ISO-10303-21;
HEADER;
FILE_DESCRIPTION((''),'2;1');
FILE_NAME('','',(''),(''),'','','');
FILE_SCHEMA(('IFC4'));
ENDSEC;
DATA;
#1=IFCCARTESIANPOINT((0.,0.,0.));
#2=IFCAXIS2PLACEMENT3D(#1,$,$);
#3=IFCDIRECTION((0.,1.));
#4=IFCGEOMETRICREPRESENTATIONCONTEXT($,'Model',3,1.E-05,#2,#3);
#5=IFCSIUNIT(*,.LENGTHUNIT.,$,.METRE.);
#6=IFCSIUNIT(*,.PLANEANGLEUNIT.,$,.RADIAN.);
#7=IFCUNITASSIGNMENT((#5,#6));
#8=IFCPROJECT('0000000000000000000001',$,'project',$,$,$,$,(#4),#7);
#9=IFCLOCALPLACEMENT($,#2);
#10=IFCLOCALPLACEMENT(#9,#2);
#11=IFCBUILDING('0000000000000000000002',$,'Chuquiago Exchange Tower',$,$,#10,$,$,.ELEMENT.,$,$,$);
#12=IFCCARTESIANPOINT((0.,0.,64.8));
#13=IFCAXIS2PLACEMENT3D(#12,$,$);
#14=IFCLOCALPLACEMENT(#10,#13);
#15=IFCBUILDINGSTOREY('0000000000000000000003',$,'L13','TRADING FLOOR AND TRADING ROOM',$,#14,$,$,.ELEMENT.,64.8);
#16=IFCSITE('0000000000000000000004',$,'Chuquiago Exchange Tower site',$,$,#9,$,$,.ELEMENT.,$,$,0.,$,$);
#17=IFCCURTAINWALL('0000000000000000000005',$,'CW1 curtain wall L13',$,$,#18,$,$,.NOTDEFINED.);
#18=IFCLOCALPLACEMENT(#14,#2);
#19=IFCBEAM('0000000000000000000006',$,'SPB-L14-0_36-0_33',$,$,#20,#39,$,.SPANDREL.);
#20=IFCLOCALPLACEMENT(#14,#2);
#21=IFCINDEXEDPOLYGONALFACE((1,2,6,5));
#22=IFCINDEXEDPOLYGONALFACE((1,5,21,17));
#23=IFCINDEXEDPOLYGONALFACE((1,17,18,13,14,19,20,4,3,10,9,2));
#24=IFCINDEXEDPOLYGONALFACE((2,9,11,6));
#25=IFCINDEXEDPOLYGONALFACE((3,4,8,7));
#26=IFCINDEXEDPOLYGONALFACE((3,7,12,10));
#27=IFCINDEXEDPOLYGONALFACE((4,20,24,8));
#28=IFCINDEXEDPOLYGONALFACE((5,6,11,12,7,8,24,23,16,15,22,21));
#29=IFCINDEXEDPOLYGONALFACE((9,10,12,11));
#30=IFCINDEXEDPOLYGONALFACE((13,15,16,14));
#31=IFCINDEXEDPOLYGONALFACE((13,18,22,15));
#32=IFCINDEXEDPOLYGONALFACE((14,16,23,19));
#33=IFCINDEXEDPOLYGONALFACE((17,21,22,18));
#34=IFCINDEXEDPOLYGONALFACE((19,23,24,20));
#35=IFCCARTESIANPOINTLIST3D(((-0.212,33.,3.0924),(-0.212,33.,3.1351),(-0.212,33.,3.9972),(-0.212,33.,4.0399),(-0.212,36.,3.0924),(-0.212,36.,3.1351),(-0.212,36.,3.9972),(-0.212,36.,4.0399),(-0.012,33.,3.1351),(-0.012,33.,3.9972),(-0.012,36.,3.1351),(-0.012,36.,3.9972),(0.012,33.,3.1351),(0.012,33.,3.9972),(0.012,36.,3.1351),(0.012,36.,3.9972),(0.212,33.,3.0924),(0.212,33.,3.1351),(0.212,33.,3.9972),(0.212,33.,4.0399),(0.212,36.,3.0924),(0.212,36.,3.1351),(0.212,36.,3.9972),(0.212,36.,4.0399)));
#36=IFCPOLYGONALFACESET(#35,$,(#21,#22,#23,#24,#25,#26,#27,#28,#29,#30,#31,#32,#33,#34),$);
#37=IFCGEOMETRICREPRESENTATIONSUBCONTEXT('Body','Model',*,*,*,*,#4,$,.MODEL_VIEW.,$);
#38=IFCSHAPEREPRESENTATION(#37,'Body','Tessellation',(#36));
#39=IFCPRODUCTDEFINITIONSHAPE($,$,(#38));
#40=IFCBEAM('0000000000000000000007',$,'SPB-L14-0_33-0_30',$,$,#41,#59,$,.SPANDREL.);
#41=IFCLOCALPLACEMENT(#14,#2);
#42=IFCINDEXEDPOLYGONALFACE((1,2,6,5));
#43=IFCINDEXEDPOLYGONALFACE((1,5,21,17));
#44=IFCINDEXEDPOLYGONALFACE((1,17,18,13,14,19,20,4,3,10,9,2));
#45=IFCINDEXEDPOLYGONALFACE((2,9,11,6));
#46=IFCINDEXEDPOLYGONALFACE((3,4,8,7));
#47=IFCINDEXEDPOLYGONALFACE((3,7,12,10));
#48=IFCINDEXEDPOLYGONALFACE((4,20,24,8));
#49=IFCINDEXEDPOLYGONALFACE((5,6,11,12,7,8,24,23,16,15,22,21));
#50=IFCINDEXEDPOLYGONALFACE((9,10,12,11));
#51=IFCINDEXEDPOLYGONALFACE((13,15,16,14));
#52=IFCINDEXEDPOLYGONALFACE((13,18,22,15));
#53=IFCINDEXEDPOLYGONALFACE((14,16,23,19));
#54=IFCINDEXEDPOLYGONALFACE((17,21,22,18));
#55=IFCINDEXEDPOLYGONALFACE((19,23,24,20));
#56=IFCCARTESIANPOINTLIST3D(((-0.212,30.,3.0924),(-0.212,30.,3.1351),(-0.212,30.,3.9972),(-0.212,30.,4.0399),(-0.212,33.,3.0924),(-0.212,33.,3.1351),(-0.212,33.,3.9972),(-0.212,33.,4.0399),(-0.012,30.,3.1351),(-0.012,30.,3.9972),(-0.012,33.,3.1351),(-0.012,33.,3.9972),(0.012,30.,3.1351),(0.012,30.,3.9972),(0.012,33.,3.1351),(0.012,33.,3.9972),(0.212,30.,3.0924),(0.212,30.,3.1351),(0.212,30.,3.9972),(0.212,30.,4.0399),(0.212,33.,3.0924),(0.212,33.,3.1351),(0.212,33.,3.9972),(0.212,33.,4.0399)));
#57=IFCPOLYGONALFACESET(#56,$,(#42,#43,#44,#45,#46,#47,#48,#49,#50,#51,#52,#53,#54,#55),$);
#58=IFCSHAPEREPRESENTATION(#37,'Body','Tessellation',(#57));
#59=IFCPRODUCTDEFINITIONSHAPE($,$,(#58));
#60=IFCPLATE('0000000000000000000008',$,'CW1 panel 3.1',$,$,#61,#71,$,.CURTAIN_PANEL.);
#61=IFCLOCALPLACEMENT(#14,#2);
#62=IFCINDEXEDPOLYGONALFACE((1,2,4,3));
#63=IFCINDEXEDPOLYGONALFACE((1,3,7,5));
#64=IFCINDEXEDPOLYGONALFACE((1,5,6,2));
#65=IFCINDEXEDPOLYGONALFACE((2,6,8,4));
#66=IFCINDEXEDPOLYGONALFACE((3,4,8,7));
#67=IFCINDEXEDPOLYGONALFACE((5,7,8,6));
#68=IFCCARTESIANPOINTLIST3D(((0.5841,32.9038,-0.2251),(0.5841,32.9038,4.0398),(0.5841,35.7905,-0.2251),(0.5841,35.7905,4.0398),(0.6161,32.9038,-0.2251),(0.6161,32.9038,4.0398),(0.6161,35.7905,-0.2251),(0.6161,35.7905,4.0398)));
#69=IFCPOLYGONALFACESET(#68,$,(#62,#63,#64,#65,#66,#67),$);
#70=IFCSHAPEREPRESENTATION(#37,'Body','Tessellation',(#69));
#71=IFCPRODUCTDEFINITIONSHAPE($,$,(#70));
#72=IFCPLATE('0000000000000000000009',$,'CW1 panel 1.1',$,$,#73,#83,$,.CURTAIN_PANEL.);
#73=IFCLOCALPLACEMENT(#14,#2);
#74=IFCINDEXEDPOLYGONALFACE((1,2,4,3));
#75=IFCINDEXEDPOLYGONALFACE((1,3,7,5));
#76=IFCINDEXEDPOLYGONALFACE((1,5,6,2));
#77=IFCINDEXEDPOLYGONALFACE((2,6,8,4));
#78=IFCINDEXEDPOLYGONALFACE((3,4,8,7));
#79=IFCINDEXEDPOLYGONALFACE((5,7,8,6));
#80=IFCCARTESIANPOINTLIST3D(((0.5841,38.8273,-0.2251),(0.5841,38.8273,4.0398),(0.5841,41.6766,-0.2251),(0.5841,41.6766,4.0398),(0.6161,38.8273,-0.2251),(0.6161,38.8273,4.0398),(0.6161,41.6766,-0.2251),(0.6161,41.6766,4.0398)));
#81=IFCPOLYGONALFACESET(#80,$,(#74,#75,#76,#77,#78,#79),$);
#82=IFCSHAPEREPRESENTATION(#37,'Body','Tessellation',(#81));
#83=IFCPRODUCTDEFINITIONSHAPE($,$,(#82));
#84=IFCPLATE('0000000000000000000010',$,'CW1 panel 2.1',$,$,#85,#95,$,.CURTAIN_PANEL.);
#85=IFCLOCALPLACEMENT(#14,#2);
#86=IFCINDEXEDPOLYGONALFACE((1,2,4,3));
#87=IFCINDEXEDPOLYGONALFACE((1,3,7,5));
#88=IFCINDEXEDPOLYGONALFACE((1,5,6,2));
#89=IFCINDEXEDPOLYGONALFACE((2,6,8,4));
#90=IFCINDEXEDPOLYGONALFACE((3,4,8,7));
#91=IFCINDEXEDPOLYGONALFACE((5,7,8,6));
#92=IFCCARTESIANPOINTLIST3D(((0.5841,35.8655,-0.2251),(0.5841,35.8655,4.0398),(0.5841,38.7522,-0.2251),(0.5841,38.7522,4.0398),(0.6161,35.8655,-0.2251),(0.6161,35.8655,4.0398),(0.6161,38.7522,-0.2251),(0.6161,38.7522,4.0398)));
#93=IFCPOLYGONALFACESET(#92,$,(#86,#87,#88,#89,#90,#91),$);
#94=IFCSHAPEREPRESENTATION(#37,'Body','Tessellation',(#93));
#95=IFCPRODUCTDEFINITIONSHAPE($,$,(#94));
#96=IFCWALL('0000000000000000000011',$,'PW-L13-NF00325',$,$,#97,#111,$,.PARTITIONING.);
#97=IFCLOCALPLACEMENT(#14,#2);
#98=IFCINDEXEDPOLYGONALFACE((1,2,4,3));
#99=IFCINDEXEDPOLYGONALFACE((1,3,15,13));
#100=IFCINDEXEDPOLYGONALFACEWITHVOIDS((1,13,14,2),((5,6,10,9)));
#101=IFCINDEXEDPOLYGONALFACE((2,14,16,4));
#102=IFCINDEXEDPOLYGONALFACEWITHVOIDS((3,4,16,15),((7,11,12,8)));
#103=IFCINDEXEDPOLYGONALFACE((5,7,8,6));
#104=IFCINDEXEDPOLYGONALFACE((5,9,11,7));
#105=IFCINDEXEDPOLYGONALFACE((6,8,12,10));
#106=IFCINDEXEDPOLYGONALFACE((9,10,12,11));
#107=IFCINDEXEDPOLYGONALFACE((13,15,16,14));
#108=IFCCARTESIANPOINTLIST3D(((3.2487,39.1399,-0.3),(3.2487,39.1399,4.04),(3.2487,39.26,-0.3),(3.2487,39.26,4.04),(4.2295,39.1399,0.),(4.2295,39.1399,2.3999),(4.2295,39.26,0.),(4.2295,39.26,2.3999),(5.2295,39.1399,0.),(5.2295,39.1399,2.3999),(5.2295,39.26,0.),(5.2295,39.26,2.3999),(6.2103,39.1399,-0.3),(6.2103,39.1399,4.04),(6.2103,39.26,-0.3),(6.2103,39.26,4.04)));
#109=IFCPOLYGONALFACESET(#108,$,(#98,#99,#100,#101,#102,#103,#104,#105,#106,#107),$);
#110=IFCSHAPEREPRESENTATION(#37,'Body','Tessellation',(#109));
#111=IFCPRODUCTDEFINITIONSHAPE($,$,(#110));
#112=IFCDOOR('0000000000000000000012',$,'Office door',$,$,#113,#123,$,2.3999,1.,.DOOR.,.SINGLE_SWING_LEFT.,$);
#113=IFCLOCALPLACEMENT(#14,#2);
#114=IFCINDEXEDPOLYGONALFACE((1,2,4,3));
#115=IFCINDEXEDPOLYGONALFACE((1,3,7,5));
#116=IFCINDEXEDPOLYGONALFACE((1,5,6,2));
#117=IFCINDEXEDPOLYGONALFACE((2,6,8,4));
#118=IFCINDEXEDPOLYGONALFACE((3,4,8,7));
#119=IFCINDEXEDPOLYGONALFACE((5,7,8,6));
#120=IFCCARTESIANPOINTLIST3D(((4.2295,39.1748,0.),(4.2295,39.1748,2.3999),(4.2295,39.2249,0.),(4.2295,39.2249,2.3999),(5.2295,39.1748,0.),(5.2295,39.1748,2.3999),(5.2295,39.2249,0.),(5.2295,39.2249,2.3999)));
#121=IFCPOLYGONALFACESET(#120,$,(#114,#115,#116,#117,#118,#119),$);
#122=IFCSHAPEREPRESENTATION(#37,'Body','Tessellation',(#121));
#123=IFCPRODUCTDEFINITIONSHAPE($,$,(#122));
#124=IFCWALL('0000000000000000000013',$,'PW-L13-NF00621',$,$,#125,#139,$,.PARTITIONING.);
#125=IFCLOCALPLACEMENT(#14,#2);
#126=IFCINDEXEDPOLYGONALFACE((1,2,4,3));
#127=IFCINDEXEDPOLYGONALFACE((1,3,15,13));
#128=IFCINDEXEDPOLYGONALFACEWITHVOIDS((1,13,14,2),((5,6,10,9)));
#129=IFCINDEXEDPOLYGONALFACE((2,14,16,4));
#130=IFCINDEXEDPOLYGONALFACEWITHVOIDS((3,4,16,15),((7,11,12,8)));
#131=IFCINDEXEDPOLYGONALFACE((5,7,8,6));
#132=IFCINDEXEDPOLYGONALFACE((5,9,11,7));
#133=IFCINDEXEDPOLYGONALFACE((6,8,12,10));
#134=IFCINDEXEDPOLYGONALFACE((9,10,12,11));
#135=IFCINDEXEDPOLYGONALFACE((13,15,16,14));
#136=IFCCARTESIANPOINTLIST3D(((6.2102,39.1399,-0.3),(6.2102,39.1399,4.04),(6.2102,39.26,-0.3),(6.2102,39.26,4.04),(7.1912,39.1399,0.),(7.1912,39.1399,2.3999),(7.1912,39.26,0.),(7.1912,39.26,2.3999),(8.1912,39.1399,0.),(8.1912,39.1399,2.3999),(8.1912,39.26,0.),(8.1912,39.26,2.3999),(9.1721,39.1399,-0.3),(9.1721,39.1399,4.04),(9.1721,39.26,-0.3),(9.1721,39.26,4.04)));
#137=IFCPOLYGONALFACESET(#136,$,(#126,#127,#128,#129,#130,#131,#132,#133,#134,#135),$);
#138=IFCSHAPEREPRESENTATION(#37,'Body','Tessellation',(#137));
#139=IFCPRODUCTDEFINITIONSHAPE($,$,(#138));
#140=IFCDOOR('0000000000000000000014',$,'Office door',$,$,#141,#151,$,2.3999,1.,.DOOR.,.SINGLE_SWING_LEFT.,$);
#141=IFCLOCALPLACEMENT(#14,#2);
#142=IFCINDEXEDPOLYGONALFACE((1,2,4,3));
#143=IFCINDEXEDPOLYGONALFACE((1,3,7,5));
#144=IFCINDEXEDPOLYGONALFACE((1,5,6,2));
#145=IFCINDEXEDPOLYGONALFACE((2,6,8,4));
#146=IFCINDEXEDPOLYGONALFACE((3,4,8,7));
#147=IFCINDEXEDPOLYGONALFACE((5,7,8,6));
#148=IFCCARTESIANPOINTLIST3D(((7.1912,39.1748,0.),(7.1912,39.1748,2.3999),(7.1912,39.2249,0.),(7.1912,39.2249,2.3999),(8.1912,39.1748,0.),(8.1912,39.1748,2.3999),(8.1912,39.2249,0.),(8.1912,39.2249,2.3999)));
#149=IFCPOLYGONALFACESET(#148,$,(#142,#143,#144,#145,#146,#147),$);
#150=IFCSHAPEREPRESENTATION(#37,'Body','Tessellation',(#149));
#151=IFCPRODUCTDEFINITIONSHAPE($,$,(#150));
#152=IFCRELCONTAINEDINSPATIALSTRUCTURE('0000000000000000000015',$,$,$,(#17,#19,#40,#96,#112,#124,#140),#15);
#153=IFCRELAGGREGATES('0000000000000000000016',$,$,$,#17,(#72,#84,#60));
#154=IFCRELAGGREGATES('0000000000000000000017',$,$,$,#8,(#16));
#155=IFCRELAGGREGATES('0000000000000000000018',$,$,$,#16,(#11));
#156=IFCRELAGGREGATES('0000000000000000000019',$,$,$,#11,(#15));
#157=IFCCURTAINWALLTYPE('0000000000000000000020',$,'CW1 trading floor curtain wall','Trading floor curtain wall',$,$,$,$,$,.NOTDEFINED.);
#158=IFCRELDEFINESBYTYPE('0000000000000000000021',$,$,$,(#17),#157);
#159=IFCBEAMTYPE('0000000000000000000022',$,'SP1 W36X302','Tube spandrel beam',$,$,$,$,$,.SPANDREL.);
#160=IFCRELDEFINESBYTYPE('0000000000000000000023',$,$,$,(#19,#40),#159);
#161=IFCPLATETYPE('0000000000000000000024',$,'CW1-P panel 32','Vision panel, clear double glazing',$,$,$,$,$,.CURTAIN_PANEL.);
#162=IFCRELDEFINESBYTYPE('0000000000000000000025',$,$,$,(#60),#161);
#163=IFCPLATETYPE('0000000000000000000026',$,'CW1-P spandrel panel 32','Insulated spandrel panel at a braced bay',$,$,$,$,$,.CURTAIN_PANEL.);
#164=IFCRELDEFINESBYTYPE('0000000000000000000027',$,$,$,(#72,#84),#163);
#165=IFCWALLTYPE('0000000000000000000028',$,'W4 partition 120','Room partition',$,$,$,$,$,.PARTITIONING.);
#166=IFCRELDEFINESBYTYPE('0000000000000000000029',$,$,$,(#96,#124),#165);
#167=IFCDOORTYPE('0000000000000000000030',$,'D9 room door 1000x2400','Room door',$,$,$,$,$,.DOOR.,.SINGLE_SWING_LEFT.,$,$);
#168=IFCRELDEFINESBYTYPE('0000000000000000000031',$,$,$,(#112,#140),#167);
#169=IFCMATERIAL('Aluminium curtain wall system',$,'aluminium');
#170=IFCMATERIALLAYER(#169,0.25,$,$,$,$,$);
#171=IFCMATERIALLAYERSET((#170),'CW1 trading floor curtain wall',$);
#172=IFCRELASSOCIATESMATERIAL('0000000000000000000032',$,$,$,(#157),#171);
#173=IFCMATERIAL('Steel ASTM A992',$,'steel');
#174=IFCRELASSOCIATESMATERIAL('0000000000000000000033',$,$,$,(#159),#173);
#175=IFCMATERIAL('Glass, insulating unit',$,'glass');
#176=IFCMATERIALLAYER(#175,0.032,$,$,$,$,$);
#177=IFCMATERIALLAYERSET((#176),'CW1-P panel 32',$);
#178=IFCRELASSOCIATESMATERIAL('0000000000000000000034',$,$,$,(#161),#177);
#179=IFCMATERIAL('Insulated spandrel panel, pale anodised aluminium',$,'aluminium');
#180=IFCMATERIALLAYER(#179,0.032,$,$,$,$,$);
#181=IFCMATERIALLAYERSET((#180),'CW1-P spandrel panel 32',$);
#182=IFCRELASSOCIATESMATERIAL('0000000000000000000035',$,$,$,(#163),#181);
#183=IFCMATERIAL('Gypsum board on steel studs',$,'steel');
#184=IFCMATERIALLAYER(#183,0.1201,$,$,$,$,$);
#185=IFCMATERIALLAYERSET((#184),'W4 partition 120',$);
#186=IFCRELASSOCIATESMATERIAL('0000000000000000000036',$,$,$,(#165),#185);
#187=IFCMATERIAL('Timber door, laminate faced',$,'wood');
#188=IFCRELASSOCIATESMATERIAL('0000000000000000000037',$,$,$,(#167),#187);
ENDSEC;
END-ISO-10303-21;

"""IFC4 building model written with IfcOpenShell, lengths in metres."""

from ifc_helpers import new_model, si_unit, direction, frame, frame_2d, origin, origin_2d, place, context, subcontext, project, spatial, rectangle, i_section, extrude, material, layer, layer_set, material_profile, profile_set, type_object, element, fill, aggregate, save


model = new_model("IFC4")

# Units and contexts
model_context = context("Model", 3, precision=1e-05, world=origin(), true_north=direction((0.0, 1.0)))
body_context = subcontext(model_context, "Body", "Model", "MODEL_VIEW")
ifc_project = project(units=[si_unit("LENGTHUNIT", "METRE"), si_unit("PLANEANGLEUNIT", "RADIAN")], contexts=[model_context])

# Site, building, storey
site_placement = place(None, origin())
site = spatial("IfcSite", under=ifc_project, at=site_placement, Name="Chuquiago Exchange Tower site", CompositionType="ELEMENT", RefElevation=0.0)
building_placement = place(site_placement, origin())
building = spatial("IfcBuilding", under=site, at=building_placement, Name="Chuquiago Exchange Tower", CompositionType="ELEMENT")
storey_placement = place(building_placement, frame((0.0, 0.0, 64.8)))
storey = spatial("IfcBuildingStorey", under=building, at=storey_placement, Name="L13", Description="TRADING FLOOR AND TRADING ROOM", CompositionType="ELEMENT", Elevation=64.8)

# Curtain wall
ifc_material_1 = material(Name="Aluminium curtain wall system", Category="aluminium")
ifc_layer_1 = layer(ifc_material_1, 0.25)
ifc_layer_set_1 = layer_set([ifc_layer_1], Name="CW1 trading floor curtain wall")
curtain_wall_type = type_object("IfcCurtainWallType", Name="CW1 trading floor curtain wall", Description="Trading floor curtain wall", PredefinedType="NOTDEFINED", material=ifc_layer_set_1)
curtain_wall_placement = place(storey_placement, origin())
curtain_wall = element("IfcCurtainWall", 1, at=curtain_wall_placement, inside=storey, type_object=curtain_wall_type, Name="CW1 curtain wall L13", PredefinedType="NOTDEFINED")

# Beams
ifc_material_2 = material(Name="Steel ASTM A992", Category="steel")
ifc_material_profile_1 = material_profile(ifc_material_2, i_section(OverallWidth=0.4241, OverallDepth=0.9475, WebThickness=0.0239, FlangeThickness=0.0427, at=origin_2d()), Name="W36X302")
ifc_profile_set_1 = profile_set([ifc_material_profile_1], Name="Steel ASTM A992")
beam_type = type_object("IfcBeamType", Name="SP1 W36X302", Description="Tube spandrel beam", PredefinedType="SPANDREL", material=ifc_profile_set_1)
for number, where, z_axis, x_axis, name in (
    (2, (0.0, 36.0, 3.5662), (0.0, -1.0, 0.0), (1.0, 0.0, 0.0), "SPB-L14-0_36-0_33"),
    (3, (0.0, 33.0, 3.5662), (0.0, -1.0, 0.0), (1.0, 0.0, 0.0), "SPB-L14-0_33-0_30"),
):
    element("IfcBeam", number, at=place(storey_placement, frame(where, z_axis=z_axis, x_axis=x_axis)), inside=storey, type_object=beam_type, Name=name, PredefinedType="SPANDREL", context=body_context, shape_type="SweptSolid", body=[
        extrude(i_section(OverallWidth=0.4241, OverallDepth=0.9475, WebThickness=0.0239, FlangeThickness=0.0427, at=origin_2d()), origin(), (0.0, 0.0, 1.0), 3.0),
    ])

# Plates
ifc_material_3 = material(Name="Glass, insulating unit", Category="glass")
ifc_layer_2 = layer(ifc_material_3, 0.032)
ifc_layer_set_2 = layer_set([ifc_layer_2], Name="CW1-P panel 32")
plate_type_1 = type_object("IfcPlateType", Name="CW1-P panel 32", Description="Vision panel, clear double glazing", PredefinedType="CURTAIN_PANEL", material=ifc_layer_set_2)
plate_1_placement = place(storey_placement, frame((0.6001, 34.3472, -0.2251), z_axis=(0.0, 0.0, 1.0), x_axis=(0.0, -1.0, 0.0)))
plate_1 = element("IfcPlate", 4, at=plate_1_placement, type_object=plate_type_1, Name="CW1 panel 3.1", PredefinedType="CURTAIN_PANEL", context=body_context, shape_type="SweptSolid", body=[
    extrude(rectangle(XDim=2.8867, YDim=0.032, at=origin_2d()), origin(), (0.0, 0.0, 1.0), 4.2649),
])
ifc_material_4 = material(Name="Insulated spandrel panel, pale anodised aluminium", Category="aluminium")
ifc_layer_3 = layer(ifc_material_4, 0.032)
ifc_layer_set_3 = layer_set([ifc_layer_3], Name="CW1-P spandrel panel 32")
plate_type_2 = type_object("IfcPlateType", Name="CW1-P spandrel panel 32", Description="Insulated spandrel panel at a braced bay", PredefinedType="CURTAIN_PANEL", material=ifc_layer_set_3)
plate_2_placement = place(storey_placement, frame((0.6001, 40.252, -0.2251), z_axis=(0.0, 0.0, 1.0), x_axis=(0.0, -1.0, 0.0)))
plate_2 = element("IfcPlate", 5, at=plate_2_placement, type_object=plate_type_2, Name="CW1 panel 1.1", PredefinedType="CURTAIN_PANEL", context=body_context, shape_type="SweptSolid", body=[
    extrude(rectangle(XDim=2.8494, YDim=0.032, at=origin_2d()), origin(), (0.0, 0.0, 1.0), 4.2649),
])
plate_3_placement = place(storey_placement, frame((0.6001, 37.3088, -0.2251), z_axis=(0.0, 0.0, 1.0), x_axis=(0.0, -1.0, 0.0)))
plate_3 = element("IfcPlate", 6, at=plate_3_placement, type_object=plate_type_2, Name="CW1 panel 2.1", PredefinedType="CURTAIN_PANEL", context=body_context, shape_type="SweptSolid", body=[
    extrude(rectangle(XDim=2.8867, YDim=0.032, at=origin_2d()), origin(), (0.0, 0.0, 1.0), 4.2649),
])
aggregate(curtain_wall, [plate_2, plate_3, plate_1])

# Walls, openings, doors
ifc_material_5 = material(Name="Gypsum board on steel studs", Category="steel")
ifc_layer_4 = layer(ifc_material_5, 0.1201)
ifc_layer_set_4 = layer_set([ifc_layer_4], Name="W4 partition 120")
wall_type = type_object("IfcWallType", Name="W4 partition 120", Description="Room partition", PredefinedType="PARTITIONING", material=ifc_layer_set_4)
wall_1_placement = place(storey_placement, frame((3.2485, 39.2, -0.3), z_axis=(0.0, 0.0, 1.0), x_axis=(1.0, 0.0, 0.0)))
wall_1 = element("IfcWall", 7, at=wall_1_placement, inside=storey, type_object=wall_type, Name="PW-L13-NF00325", PredefinedType="PARTITIONING", context=body_context, shape_type="SweptSolid", body=[
    extrude(rectangle(XDim=2.9617, YDim=0.1201, at=frame_2d((1.481, 0.0))), origin(), (0.0, 0.0, 1.0), 4.3401),
])
opening_1_placement = place(wall_1_placement, frame((0.981, 0.0, 0.3)))
opening_1 = element("IfcOpeningElement", 8, at=opening_1_placement, cuts=wall_1, PredefinedType="OPENING", context=body_context, shape_type="SweptSolid", body=[
    extrude(rectangle(XDim=1.0, YDim=2.3999, at=frame_2d((0.5, 1.2))), frame((0.0, 0.0701, 0.0), z_axis=(0.0, -1.0, 0.0), x_axis=(1.0, 0.0, 0.0)), (0.0, 0.0, 1.0), 0.1401),
])
ifc_material_6 = material(Name="Timber door, laminate faced", Category="wood")
door_type = type_object("IfcDoorType", Name="D9 room door 1000x2400", Description="Room door", OperationType="SINGLE_SWING_LEFT", PredefinedType="DOOR", material=ifc_material_6)
door_1_placement = place(opening_1_placement, origin())
door_1 = element("IfcDoor", 9, at=door_1_placement, inside=storey, type_object=door_type, Name="Office door", OperationType="SINGLE_SWING_LEFT", OverallHeight=2.3999, OverallWidth=1.0, PredefinedType="DOOR", context=body_context, shape_type="SweptSolid", body=[
    extrude(rectangle(XDim=1.0, YDim=2.3999, at=frame_2d((0.5, 1.2))), frame((0.0, 0.0249, 0.0), z_axis=(0.0, -1.0, 0.0), x_axis=(1.0, 0.0, 0.0)), (0.0, 0.0, 1.0), 0.05),
])
fill(opening_1, door_1)
wall_2_placement = place(storey_placement, frame((6.2102, 39.2, -0.3), z_axis=(0.0, 0.0, 1.0), x_axis=(1.0, 0.0, 0.0)))
wall_2 = element("IfcWall", 10, at=wall_2_placement, inside=storey, type_object=wall_type, Name="PW-L13-NF00621", PredefinedType="PARTITIONING", context=body_context, shape_type="SweptSolid", body=[
    extrude(rectangle(XDim=2.9619, YDim=0.1201, at=frame_2d((1.481, 0.0))), origin(), (0.0, 0.0, 1.0), 4.3401),
])
opening_2_placement = place(wall_2_placement, frame((0.981, 0.0, 0.3)))
opening_2 = element("IfcOpeningElement", 11, at=opening_2_placement, cuts=wall_2, PredefinedType="OPENING", context=body_context, shape_type="SweptSolid", body=[
    extrude(rectangle(XDim=1.0, YDim=2.3999, at=frame_2d((0.5, 1.2))), frame((0.0, 0.0701, 0.0), z_axis=(0.0, -1.0, 0.0), x_axis=(1.0, 0.0, 0.0)), (0.0, 0.0, 1.0), 0.1401),
])
door_2_placement = place(opening_2_placement, origin())
door_2 = element("IfcDoor", 12, at=door_2_placement, inside=storey, type_object=door_type, Name="Office door", OperationType="SINGLE_SWING_LEFT", OverallHeight=2.3999, OverallWidth=1.0, PredefinedType="DOOR", context=body_context, shape_type="SweptSolid", body=[
    extrude(rectangle(XDim=1.0, YDim=2.3999, at=frame_2d((0.5, 1.2))), frame((0.0, 0.0249, 0.0), z_axis=(0.0, -1.0, 0.0), x_axis=(1.0, 0.0, 0.0)), (0.0, 0.0, 1.0), 0.05),
])
fill(opening_2, door_2)

save(model, "model.ifc")
